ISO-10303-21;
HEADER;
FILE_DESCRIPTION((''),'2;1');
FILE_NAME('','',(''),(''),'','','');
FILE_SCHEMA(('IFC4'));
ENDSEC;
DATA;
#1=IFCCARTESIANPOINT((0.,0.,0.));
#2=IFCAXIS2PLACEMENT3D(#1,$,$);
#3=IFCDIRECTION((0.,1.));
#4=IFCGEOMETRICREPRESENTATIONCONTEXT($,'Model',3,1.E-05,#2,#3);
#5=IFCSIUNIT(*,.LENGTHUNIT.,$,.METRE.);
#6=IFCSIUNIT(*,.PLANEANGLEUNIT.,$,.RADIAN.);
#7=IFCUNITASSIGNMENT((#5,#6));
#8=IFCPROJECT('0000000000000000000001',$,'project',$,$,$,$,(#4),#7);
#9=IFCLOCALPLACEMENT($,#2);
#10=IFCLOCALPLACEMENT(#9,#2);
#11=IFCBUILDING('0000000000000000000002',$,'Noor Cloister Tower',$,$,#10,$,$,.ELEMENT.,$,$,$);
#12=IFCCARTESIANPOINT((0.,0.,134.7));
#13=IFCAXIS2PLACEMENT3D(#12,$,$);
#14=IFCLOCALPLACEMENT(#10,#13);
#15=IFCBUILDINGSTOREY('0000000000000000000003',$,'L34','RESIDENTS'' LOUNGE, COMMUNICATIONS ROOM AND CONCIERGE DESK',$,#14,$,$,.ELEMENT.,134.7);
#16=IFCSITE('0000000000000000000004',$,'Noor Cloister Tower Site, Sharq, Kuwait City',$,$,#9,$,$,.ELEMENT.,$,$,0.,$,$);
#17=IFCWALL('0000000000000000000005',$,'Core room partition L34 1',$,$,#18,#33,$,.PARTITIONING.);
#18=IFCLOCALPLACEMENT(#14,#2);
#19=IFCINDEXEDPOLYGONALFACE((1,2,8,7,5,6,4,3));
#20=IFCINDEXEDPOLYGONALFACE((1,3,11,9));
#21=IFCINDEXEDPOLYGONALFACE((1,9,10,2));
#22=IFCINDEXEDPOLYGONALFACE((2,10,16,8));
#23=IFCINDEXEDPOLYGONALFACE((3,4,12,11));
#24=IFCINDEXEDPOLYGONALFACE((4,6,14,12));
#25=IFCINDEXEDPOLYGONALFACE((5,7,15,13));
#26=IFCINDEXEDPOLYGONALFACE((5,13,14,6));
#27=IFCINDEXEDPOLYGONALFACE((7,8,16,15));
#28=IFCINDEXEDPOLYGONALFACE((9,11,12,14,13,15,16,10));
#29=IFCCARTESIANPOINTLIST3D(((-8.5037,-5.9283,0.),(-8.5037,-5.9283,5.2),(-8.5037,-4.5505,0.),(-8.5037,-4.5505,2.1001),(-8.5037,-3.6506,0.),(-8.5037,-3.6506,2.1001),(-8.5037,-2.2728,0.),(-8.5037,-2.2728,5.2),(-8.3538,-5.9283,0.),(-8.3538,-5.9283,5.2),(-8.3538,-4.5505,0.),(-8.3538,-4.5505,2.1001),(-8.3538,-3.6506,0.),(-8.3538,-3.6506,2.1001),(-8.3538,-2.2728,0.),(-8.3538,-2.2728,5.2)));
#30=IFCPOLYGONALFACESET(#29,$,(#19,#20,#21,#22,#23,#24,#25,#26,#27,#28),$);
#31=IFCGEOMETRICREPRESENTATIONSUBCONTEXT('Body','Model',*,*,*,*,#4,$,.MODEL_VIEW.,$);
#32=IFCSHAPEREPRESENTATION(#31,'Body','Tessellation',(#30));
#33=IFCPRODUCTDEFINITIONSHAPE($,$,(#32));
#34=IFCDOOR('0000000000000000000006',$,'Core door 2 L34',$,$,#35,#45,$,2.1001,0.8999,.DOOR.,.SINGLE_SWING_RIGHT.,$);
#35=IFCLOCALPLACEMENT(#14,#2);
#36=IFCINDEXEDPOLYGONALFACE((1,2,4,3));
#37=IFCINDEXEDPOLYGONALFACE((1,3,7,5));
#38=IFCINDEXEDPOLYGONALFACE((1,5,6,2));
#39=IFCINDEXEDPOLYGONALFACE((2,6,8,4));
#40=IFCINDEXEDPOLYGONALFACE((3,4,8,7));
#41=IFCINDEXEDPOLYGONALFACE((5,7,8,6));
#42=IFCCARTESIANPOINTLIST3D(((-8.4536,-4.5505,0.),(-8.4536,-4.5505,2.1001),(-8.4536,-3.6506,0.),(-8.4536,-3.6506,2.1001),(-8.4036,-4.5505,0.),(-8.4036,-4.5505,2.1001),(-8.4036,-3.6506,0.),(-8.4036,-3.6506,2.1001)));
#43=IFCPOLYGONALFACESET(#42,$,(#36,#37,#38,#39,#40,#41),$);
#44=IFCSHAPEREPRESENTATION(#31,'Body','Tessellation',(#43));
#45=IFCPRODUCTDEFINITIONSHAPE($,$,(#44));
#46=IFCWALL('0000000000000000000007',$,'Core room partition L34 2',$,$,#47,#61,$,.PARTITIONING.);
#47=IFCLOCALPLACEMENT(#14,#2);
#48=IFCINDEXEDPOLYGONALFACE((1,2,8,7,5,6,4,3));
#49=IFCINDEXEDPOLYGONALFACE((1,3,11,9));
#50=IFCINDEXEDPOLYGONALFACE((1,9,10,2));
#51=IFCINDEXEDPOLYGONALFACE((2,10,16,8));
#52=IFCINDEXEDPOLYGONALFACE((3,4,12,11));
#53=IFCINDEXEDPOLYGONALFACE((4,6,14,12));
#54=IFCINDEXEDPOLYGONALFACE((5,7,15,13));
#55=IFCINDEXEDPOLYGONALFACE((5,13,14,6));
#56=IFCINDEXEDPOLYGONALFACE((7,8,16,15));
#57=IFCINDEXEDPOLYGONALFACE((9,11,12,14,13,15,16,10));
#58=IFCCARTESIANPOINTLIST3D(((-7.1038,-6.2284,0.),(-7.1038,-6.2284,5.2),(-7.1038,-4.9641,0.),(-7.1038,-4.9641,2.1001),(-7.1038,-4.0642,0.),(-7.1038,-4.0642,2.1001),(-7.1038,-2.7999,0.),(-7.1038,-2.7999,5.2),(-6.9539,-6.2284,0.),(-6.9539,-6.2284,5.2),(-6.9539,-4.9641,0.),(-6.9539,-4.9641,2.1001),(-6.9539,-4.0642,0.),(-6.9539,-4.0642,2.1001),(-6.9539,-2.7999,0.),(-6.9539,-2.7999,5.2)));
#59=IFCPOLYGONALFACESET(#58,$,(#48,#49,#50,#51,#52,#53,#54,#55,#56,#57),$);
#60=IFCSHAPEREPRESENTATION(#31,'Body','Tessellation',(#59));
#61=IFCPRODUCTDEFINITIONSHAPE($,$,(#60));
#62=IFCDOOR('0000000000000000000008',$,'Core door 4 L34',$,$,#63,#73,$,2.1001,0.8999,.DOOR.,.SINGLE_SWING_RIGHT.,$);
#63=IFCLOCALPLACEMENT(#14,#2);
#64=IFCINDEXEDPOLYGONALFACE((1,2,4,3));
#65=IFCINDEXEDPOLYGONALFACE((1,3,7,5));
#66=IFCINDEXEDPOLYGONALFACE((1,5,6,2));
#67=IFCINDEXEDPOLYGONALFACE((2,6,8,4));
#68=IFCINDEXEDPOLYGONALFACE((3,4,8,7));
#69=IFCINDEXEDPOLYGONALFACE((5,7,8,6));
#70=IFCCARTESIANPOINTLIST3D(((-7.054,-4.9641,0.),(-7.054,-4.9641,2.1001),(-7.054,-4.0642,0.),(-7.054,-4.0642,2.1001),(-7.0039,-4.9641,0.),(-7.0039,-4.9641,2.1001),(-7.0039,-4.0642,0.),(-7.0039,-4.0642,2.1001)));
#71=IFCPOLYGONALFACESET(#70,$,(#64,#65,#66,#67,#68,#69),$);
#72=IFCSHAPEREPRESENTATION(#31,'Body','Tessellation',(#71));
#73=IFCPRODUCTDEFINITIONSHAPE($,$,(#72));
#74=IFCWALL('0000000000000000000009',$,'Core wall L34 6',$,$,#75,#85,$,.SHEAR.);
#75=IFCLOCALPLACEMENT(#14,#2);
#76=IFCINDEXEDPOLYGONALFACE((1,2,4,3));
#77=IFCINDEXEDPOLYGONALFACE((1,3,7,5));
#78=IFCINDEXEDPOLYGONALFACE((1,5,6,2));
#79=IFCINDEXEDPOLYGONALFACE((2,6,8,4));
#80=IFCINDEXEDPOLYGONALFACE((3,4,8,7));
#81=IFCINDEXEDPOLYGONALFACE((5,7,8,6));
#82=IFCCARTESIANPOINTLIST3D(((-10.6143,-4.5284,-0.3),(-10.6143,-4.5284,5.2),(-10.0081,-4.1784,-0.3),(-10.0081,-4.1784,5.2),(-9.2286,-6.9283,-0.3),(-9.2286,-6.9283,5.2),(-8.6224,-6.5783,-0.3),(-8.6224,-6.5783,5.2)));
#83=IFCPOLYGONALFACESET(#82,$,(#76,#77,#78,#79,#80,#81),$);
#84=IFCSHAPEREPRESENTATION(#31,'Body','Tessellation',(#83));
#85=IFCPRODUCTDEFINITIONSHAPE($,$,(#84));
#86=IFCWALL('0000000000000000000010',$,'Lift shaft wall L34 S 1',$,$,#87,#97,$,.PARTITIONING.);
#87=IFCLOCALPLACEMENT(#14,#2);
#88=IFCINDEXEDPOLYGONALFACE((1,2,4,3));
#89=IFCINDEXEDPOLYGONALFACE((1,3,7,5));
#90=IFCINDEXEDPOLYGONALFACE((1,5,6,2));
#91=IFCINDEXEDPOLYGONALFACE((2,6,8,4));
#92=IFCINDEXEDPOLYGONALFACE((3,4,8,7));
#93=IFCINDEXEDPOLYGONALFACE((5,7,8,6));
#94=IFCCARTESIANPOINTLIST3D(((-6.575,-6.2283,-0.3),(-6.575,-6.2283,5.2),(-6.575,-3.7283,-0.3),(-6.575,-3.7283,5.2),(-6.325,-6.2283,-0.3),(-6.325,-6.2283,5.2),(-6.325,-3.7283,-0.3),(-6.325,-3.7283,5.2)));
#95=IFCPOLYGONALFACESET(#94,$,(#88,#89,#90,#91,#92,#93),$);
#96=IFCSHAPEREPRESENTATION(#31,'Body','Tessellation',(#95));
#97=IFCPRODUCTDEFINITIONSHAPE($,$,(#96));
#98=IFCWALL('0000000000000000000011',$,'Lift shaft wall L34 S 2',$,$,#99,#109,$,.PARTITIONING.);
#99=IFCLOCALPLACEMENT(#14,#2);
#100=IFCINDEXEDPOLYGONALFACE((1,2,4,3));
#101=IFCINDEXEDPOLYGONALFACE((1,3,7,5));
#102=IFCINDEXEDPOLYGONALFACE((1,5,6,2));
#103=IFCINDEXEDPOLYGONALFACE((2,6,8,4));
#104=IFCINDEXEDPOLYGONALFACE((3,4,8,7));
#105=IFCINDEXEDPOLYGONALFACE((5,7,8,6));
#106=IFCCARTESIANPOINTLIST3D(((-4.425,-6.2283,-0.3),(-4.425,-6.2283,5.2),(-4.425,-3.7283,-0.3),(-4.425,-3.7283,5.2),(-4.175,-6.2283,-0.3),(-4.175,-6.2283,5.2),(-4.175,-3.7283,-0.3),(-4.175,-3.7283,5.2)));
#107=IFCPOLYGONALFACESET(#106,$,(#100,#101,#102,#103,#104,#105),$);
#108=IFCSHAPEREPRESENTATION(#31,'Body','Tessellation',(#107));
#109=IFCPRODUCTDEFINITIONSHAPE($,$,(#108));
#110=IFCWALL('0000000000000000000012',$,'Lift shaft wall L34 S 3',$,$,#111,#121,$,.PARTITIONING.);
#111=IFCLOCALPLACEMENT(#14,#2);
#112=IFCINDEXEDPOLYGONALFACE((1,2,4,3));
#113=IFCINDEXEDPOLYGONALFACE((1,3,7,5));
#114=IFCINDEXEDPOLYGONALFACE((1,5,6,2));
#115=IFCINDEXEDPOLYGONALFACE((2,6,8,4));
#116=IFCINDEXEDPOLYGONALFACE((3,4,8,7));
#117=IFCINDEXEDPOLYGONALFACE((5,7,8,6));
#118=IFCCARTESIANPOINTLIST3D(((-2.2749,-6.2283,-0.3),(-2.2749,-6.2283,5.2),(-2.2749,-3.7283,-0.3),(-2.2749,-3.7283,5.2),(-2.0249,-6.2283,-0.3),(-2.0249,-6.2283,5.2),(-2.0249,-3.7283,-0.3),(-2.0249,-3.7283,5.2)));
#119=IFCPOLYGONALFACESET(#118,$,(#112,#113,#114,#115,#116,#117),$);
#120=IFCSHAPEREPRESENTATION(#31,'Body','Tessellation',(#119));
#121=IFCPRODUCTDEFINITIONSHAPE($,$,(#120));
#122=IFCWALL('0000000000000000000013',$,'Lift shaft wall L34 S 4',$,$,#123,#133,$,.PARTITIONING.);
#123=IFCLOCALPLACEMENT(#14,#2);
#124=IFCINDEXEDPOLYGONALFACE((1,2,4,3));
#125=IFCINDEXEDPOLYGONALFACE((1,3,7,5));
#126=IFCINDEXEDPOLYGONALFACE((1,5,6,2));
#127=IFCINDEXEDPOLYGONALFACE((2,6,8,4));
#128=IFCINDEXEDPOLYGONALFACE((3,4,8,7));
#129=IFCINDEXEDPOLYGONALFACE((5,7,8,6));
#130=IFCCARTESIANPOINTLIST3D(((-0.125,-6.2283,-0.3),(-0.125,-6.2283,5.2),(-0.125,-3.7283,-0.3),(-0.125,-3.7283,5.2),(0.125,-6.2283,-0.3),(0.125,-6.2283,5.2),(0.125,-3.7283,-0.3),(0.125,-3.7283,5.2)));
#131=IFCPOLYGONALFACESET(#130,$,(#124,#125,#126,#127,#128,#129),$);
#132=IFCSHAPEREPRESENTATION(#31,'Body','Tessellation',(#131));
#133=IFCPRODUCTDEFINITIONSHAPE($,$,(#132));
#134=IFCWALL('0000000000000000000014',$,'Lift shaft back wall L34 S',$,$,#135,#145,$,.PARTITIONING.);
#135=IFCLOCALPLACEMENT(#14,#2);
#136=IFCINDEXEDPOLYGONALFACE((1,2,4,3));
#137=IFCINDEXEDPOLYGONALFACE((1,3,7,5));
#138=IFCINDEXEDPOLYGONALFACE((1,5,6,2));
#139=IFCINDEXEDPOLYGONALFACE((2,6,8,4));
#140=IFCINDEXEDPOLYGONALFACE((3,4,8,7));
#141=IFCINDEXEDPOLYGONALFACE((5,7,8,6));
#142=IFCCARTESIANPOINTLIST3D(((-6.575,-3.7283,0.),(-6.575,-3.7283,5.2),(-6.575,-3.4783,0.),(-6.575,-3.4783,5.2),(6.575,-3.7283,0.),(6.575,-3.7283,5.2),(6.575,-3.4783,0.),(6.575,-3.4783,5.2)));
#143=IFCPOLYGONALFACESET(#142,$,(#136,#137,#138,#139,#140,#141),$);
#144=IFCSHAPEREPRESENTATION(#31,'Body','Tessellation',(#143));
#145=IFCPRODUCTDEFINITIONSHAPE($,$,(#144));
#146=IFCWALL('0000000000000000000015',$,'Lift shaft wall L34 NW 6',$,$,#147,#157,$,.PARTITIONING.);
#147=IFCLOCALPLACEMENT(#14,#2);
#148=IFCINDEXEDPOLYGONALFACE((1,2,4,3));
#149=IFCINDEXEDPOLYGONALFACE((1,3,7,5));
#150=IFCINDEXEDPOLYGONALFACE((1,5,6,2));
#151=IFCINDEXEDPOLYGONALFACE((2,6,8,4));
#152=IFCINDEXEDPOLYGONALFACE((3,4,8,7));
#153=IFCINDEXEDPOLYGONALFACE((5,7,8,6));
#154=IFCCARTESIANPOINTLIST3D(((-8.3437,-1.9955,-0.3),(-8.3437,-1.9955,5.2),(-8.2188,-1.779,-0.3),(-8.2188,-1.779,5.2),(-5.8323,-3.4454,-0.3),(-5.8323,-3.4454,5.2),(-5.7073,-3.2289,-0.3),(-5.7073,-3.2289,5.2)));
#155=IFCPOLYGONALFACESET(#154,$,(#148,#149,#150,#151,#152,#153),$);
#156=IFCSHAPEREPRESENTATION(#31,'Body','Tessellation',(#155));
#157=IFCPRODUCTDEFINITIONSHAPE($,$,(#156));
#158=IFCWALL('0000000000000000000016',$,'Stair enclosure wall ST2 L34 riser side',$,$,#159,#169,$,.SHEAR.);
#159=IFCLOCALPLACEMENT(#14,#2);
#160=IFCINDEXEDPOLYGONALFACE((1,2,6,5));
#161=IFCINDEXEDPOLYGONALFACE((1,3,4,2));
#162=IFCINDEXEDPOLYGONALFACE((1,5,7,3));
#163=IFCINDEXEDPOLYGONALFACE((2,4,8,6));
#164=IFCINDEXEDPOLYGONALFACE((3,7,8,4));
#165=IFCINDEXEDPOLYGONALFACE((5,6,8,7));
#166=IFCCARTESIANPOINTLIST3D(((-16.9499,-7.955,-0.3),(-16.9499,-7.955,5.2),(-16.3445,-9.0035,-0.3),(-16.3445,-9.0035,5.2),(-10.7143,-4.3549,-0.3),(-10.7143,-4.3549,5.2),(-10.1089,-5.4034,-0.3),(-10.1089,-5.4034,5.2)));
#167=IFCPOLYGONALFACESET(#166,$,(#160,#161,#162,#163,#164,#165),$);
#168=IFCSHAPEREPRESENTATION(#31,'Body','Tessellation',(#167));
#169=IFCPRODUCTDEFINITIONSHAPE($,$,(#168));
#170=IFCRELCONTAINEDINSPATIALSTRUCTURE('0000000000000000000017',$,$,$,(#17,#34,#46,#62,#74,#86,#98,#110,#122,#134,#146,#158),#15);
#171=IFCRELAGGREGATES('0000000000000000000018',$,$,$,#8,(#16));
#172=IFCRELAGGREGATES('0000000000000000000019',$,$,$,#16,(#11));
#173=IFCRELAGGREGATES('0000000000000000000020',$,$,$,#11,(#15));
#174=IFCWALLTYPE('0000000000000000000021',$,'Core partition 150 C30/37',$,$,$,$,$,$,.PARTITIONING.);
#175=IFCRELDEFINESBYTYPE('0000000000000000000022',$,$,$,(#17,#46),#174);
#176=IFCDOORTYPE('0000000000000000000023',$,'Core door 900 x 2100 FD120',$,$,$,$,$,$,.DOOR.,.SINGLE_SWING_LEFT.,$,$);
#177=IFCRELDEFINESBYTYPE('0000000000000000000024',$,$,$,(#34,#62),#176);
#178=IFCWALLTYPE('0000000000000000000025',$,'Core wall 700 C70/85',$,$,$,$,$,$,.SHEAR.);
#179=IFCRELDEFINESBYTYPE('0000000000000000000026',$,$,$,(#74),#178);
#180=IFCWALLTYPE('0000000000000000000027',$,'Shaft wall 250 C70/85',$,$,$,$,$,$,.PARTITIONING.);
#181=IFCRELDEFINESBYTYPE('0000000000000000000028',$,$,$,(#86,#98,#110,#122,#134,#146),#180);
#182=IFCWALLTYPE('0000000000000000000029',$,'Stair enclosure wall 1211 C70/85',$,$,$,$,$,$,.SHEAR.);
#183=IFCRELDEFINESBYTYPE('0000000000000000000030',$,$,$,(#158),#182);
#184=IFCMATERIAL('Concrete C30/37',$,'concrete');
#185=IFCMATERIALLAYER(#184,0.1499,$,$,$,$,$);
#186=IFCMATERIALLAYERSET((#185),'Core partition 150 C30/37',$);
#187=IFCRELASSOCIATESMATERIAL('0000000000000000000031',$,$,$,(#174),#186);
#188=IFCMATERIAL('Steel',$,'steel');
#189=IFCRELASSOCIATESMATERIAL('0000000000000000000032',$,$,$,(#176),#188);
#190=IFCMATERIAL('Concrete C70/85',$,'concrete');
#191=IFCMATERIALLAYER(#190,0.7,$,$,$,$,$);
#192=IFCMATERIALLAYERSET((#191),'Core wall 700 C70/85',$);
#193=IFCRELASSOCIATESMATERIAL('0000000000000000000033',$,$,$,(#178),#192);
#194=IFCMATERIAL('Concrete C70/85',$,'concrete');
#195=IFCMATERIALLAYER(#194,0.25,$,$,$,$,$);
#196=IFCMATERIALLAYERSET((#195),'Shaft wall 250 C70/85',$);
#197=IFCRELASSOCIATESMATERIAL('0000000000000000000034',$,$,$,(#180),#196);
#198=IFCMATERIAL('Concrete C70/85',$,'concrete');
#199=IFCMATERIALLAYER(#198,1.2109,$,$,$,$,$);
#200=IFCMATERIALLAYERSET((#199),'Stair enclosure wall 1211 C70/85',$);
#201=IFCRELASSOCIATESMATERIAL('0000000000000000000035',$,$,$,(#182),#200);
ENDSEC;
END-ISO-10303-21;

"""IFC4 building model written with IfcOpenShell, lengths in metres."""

from ifc_helpers import new_model, si_unit, direction, frame, frame_2d, origin, place, context, subcontext, project, spatial, rectangle, extrude, material, layer, layer_set, type_object, element, fill, save


model = new_model("IFC4")

# Units and contexts
model_context = context("Model", 3, precision=1e-05, world=origin(), true_north=direction((0.0, 1.0)))
body_context = subcontext(model_context, "Body", "Model", "MODEL_VIEW")
ifc_project = project(units=[si_unit("LENGTHUNIT", "METRE"), si_unit("PLANEANGLEUNIT", "RADIAN")], contexts=[model_context])

# Site, building, storey
site_placement = place(None, origin())
site = spatial("IfcSite", under=ifc_project, at=site_placement, Name="Noor Cloister Tower Site, Sharq, Kuwait City", CompositionType="ELEMENT", RefElevation=0.0)
building_placement = place(site_placement, origin())
building = spatial("IfcBuilding", under=site, at=building_placement, Name="Noor Cloister Tower", CompositionType="ELEMENT")
storey_placement = place(building_placement, frame((0.0, 0.0, 134.7)))
storey = spatial("IfcBuildingStorey", under=building, at=storey_placement, Name="L34", Description="RESIDENTS' LOUNGE, COMMUNICATIONS ROOM AND CONCIERGE DESK", CompositionType="ELEMENT", Elevation=134.7)

# Walls, openings, doors
ifc_material_1 = material(Name="Concrete C30/37", Category="concrete")
ifc_layer_1 = layer(ifc_material_1, 0.1499)
ifc_layer_set_1 = layer_set([ifc_layer_1], Name="Core partition 150 C30/37")
wall_type_1 = type_object("IfcWallType", Name="Core partition 150 C30/37", PredefinedType="PARTITIONING", material=ifc_layer_set_1)
wall_1_placement = place(storey_placement, frame((-8.4287, -5.9282, 0.0), z_axis=(0.0, 0.0, 1.0), x_axis=(0.0, 1.0, 0.0)))
wall_1 = element("IfcWall", 1, at=wall_1_placement, inside=storey, type_object=wall_type_1, Name="Core room partition L34 1", PredefinedType="PARTITIONING", context=body_context, shape_type="SweptSolid", body=[
    extrude(rectangle(XDim=3.6555, YDim=0.1499, at=frame_2d((1.8276, 0.0))), origin(), (0.0, 0.0, 1.0), 5.2),
])
opening_1_placement = place(wall_1_placement, frame((1.3777, 0.0, 0.0)))
opening_1 = element("IfcOpeningElement", 2, at=opening_1_placement, cuts=wall_1, PredefinedType="OPENING", context=body_context, shape_type="SweptSolid", body=[
    extrude(rectangle(XDim=0.8999, YDim=2.1001, at=frame_2d((0.45, 1.05))), frame((0.0, 0.085, 0.0), z_axis=(0.0, -1.0, 0.0), x_axis=(1.0, 0.0, 0.0)), (0.0, 0.0, 1.0), 0.1699),
])
ifc_material_2 = material(Name="Steel", Category="steel")
door_type_1 = type_object("IfcDoorType", Name="Core door 900 x 2100 FD120", OperationType="SINGLE_SWING_LEFT", PredefinedType="DOOR", material=ifc_material_2)
door_1_placement = place(opening_1_placement, origin())
door_1 = element("IfcDoor", 3, at=door_1_placement, inside=storey, type_object=door_type_1, Name="Core door 2 L34", OperationType="SINGLE_SWING_RIGHT", OverallHeight=2.1001, OverallWidth=0.8999, PredefinedType="DOOR", context=body_context, shape_type="SweptSolid", body=[
    extrude(rectangle(XDim=0.8999, YDim=2.1001, at=frame_2d((0.45, 1.05))), frame((0.0, 0.0249, 0.0), z_axis=(0.0, -1.0, 0.0), x_axis=(1.0, 0.0, 0.0)), (0.0, 0.0, 1.0), 0.05),
])
fill(opening_1, door_1)
wall_2_placement = place(storey_placement, frame((-7.0288, -2.7998, 0.0), z_axis=(0.0, 0.0, 1.0), x_axis=(0.0, -1.0, 0.0)))
wall_2 = element("IfcWall", 4, at=wall_2_placement, inside=storey, type_object=wall_type_1, Name="Core room partition L34 2", PredefinedType="PARTITIONING", context=body_context, shape_type="SweptSolid", body=[
    extrude(rectangle(XDim=3.4285, YDim=0.1499, at=frame_2d((1.7144, 0.0))), origin(), (0.0, 0.0, 1.0), 5.2),
])
opening_2_placement = place(wall_2_placement, frame((1.2644, 0.0, 0.0)))
opening_2 = element("IfcOpeningElement", 5, at=opening_2_placement, cuts=wall_2, PredefinedType="OPENING", context=body_context, shape_type="SweptSolid", body=[
    extrude(rectangle(XDim=0.8999, YDim=2.1001, at=frame_2d((0.45, 1.05))), frame((0.0, 0.085, 0.0), z_axis=(0.0, -1.0, 0.0), x_axis=(1.0, 0.0, 0.0)), (0.0, 0.0, 1.0), 0.1699),
])
door_2_placement = place(opening_2_placement, origin())
door_2 = element("IfcDoor", 6, at=door_2_placement, inside=storey, type_object=door_type_1, Name="Core door 4 L34", OperationType="SINGLE_SWING_RIGHT", OverallHeight=2.1001, OverallWidth=0.8999, PredefinedType="DOOR", context=body_context, shape_type="SweptSolid", body=[
    extrude(rectangle(XDim=0.8999, YDim=2.1001, at=frame_2d((0.45, 1.05))), frame((0.0, 0.0249, 0.0), z_axis=(0.0, -1.0, 0.0), x_axis=(1.0, 0.0, 0.0)), (0.0, 0.0, 1.0), 0.05),
])
fill(opening_2, door_2)

# Walls
ifc_material_3 = material(Name="Concrete C70/85", Category="concrete")
ifc_layer_2 = layer(ifc_material_3, 0.7)
ifc_layer_set_2 = layer_set([ifc_layer_2], Name="Core wall 700 C70/85")
wall_type_2 = type_object("IfcWallType", Name="Core wall 700 C70/85", PredefinedType="SHEAR", material=ifc_layer_set_2)
wall_3_placement = place(storey_placement, frame((-10.3113, -4.3533, -0.3), z_axis=(0.0, 0.0, 1.0), x_axis=(0.500043, -0.866001, 0.0)))
element("IfcWall", 7, at=wall_3_placement, inside=storey, type_object=wall_type_2, Name="Core wall L34 6", PredefinedType="SHEAR", context=body_context, shape_type="SweptSolid", body=[
    extrude(rectangle(XDim=2.7712, YDim=0.7, at=frame_2d((1.3857, 0.0))), origin(), (0.0, 0.0, 1.0), 5.5),
])
ifc_material_4 = material(Name="Concrete C70/85", Category="concrete")
ifc_layer_3 = layer(ifc_material_4, 0.25)
ifc_layer_set_3 = layer_set([ifc_layer_3], Name="Shaft wall 250 C70/85")
wall_type_3 = type_object("IfcWallType", Name="Shaft wall 250 C70/85", PredefinedType="PARTITIONING", material=ifc_layer_set_3)
for number, where, z_axis, x_axis, name in (
    (8, (-6.45, -6.2283, -0.3), (0.0, 0.0, 1.0), (0.0, 1.0, 0.0), "Lift shaft wall L34 S 1"),
    (9, (-4.3, -6.2283, -0.3), (0.0, 0.0, 1.0), (0.0, 1.0, 0.0), "Lift shaft wall L34 S 2"),
    (10, (-2.1499, -6.2283, -0.3), (0.0, 0.0, 1.0), (0.0, 1.0, 0.0), "Lift shaft wall L34 S 3"),
    (11, (0.0, -6.2283, -0.3), (0.0, 0.0, 1.0), (0.0, 1.0, 0.0), "Lift shaft wall L34 S 4"),
):
    element("IfcWall", number, at=place(storey_placement, frame(where, z_axis=z_axis, x_axis=x_axis)), inside=storey, type_object=wall_type_3, Name=name, PredefinedType="PARTITIONING", context=body_context, shape_type="SweptSolid", body=[
        extrude(rectangle(XDim=2.5, YDim=0.25, at=frame_2d((1.25, 0.0))), origin(), (0.0, 0.0, 1.0), 5.5),
    ])
wall_4_placement = place(storey_placement, frame((-6.575, -3.6033, 0.0), z_axis=(0.0, 0.0, 1.0), x_axis=(1.0, 0.0, 0.0)))
element("IfcWall", 12, at=wall_4_placement, inside=storey, type_object=wall_type_3, Name="Lift shaft back wall L34 S", PredefinedType="PARTITIONING", context=body_context, shape_type="SweptSolid", body=[
    extrude(rectangle(XDim=13.1499, YDim=0.25, at=frame_2d((6.575, 0.0))), origin(), (0.0, 0.0, 1.0), 5.2),
])
wall_5_placement = place(storey_placement, frame((-8.2812, -1.8872, -0.3), z_axis=(0.0, 0.0, 1.0), x_axis=(0.866033, -0.499987, 0.0)))
element("IfcWall", 13, at=wall_5_placement, inside=storey, type_object=wall_type_3, Name="Lift shaft wall L34 NW 6", PredefinedType="PARTITIONING", context=body_context, shape_type="SweptSolid", body=[
    extrude(rectangle(XDim=2.8999, YDim=0.25, at=frame_2d((1.45, 0.0))), origin(), (0.0, 0.0, 1.0), 5.5),
])
ifc_material_5 = material(Name="Concrete C70/85", Category="concrete")
ifc_layer_4 = layer(ifc_material_5, 1.2109)
ifc_layer_set_4 = layer_set([ifc_layer_4], Name="Stair enclosure wall 1211 C70/85")
wall_type_4 = type_object("IfcWallType", Name="Stair enclosure wall 1211 C70/85", PredefinedType="SHEAR", material=ifc_layer_set_4)
wall_6_placement = place(storey_placement, frame((-10.4116, -4.8792, -0.3), z_axis=(0.0, 0.0, 1.0), x_axis=(-0.866027, -0.499997, 0.0)))
element("IfcWall", 14, at=wall_6_placement, inside=storey, type_object=wall_type_4, Name="Stair enclosure wall ST2 L34 riser side", PredefinedType="SHEAR", context=body_context, shape_type="SweptSolid", body=[
    extrude(rectangle(XDim=7.2002, YDim=1.2107, at=frame_2d((3.6001, 0.0))), origin(), (0.0, 0.0, 1.0), 5.5),
])

save(model, "model.ifc")
